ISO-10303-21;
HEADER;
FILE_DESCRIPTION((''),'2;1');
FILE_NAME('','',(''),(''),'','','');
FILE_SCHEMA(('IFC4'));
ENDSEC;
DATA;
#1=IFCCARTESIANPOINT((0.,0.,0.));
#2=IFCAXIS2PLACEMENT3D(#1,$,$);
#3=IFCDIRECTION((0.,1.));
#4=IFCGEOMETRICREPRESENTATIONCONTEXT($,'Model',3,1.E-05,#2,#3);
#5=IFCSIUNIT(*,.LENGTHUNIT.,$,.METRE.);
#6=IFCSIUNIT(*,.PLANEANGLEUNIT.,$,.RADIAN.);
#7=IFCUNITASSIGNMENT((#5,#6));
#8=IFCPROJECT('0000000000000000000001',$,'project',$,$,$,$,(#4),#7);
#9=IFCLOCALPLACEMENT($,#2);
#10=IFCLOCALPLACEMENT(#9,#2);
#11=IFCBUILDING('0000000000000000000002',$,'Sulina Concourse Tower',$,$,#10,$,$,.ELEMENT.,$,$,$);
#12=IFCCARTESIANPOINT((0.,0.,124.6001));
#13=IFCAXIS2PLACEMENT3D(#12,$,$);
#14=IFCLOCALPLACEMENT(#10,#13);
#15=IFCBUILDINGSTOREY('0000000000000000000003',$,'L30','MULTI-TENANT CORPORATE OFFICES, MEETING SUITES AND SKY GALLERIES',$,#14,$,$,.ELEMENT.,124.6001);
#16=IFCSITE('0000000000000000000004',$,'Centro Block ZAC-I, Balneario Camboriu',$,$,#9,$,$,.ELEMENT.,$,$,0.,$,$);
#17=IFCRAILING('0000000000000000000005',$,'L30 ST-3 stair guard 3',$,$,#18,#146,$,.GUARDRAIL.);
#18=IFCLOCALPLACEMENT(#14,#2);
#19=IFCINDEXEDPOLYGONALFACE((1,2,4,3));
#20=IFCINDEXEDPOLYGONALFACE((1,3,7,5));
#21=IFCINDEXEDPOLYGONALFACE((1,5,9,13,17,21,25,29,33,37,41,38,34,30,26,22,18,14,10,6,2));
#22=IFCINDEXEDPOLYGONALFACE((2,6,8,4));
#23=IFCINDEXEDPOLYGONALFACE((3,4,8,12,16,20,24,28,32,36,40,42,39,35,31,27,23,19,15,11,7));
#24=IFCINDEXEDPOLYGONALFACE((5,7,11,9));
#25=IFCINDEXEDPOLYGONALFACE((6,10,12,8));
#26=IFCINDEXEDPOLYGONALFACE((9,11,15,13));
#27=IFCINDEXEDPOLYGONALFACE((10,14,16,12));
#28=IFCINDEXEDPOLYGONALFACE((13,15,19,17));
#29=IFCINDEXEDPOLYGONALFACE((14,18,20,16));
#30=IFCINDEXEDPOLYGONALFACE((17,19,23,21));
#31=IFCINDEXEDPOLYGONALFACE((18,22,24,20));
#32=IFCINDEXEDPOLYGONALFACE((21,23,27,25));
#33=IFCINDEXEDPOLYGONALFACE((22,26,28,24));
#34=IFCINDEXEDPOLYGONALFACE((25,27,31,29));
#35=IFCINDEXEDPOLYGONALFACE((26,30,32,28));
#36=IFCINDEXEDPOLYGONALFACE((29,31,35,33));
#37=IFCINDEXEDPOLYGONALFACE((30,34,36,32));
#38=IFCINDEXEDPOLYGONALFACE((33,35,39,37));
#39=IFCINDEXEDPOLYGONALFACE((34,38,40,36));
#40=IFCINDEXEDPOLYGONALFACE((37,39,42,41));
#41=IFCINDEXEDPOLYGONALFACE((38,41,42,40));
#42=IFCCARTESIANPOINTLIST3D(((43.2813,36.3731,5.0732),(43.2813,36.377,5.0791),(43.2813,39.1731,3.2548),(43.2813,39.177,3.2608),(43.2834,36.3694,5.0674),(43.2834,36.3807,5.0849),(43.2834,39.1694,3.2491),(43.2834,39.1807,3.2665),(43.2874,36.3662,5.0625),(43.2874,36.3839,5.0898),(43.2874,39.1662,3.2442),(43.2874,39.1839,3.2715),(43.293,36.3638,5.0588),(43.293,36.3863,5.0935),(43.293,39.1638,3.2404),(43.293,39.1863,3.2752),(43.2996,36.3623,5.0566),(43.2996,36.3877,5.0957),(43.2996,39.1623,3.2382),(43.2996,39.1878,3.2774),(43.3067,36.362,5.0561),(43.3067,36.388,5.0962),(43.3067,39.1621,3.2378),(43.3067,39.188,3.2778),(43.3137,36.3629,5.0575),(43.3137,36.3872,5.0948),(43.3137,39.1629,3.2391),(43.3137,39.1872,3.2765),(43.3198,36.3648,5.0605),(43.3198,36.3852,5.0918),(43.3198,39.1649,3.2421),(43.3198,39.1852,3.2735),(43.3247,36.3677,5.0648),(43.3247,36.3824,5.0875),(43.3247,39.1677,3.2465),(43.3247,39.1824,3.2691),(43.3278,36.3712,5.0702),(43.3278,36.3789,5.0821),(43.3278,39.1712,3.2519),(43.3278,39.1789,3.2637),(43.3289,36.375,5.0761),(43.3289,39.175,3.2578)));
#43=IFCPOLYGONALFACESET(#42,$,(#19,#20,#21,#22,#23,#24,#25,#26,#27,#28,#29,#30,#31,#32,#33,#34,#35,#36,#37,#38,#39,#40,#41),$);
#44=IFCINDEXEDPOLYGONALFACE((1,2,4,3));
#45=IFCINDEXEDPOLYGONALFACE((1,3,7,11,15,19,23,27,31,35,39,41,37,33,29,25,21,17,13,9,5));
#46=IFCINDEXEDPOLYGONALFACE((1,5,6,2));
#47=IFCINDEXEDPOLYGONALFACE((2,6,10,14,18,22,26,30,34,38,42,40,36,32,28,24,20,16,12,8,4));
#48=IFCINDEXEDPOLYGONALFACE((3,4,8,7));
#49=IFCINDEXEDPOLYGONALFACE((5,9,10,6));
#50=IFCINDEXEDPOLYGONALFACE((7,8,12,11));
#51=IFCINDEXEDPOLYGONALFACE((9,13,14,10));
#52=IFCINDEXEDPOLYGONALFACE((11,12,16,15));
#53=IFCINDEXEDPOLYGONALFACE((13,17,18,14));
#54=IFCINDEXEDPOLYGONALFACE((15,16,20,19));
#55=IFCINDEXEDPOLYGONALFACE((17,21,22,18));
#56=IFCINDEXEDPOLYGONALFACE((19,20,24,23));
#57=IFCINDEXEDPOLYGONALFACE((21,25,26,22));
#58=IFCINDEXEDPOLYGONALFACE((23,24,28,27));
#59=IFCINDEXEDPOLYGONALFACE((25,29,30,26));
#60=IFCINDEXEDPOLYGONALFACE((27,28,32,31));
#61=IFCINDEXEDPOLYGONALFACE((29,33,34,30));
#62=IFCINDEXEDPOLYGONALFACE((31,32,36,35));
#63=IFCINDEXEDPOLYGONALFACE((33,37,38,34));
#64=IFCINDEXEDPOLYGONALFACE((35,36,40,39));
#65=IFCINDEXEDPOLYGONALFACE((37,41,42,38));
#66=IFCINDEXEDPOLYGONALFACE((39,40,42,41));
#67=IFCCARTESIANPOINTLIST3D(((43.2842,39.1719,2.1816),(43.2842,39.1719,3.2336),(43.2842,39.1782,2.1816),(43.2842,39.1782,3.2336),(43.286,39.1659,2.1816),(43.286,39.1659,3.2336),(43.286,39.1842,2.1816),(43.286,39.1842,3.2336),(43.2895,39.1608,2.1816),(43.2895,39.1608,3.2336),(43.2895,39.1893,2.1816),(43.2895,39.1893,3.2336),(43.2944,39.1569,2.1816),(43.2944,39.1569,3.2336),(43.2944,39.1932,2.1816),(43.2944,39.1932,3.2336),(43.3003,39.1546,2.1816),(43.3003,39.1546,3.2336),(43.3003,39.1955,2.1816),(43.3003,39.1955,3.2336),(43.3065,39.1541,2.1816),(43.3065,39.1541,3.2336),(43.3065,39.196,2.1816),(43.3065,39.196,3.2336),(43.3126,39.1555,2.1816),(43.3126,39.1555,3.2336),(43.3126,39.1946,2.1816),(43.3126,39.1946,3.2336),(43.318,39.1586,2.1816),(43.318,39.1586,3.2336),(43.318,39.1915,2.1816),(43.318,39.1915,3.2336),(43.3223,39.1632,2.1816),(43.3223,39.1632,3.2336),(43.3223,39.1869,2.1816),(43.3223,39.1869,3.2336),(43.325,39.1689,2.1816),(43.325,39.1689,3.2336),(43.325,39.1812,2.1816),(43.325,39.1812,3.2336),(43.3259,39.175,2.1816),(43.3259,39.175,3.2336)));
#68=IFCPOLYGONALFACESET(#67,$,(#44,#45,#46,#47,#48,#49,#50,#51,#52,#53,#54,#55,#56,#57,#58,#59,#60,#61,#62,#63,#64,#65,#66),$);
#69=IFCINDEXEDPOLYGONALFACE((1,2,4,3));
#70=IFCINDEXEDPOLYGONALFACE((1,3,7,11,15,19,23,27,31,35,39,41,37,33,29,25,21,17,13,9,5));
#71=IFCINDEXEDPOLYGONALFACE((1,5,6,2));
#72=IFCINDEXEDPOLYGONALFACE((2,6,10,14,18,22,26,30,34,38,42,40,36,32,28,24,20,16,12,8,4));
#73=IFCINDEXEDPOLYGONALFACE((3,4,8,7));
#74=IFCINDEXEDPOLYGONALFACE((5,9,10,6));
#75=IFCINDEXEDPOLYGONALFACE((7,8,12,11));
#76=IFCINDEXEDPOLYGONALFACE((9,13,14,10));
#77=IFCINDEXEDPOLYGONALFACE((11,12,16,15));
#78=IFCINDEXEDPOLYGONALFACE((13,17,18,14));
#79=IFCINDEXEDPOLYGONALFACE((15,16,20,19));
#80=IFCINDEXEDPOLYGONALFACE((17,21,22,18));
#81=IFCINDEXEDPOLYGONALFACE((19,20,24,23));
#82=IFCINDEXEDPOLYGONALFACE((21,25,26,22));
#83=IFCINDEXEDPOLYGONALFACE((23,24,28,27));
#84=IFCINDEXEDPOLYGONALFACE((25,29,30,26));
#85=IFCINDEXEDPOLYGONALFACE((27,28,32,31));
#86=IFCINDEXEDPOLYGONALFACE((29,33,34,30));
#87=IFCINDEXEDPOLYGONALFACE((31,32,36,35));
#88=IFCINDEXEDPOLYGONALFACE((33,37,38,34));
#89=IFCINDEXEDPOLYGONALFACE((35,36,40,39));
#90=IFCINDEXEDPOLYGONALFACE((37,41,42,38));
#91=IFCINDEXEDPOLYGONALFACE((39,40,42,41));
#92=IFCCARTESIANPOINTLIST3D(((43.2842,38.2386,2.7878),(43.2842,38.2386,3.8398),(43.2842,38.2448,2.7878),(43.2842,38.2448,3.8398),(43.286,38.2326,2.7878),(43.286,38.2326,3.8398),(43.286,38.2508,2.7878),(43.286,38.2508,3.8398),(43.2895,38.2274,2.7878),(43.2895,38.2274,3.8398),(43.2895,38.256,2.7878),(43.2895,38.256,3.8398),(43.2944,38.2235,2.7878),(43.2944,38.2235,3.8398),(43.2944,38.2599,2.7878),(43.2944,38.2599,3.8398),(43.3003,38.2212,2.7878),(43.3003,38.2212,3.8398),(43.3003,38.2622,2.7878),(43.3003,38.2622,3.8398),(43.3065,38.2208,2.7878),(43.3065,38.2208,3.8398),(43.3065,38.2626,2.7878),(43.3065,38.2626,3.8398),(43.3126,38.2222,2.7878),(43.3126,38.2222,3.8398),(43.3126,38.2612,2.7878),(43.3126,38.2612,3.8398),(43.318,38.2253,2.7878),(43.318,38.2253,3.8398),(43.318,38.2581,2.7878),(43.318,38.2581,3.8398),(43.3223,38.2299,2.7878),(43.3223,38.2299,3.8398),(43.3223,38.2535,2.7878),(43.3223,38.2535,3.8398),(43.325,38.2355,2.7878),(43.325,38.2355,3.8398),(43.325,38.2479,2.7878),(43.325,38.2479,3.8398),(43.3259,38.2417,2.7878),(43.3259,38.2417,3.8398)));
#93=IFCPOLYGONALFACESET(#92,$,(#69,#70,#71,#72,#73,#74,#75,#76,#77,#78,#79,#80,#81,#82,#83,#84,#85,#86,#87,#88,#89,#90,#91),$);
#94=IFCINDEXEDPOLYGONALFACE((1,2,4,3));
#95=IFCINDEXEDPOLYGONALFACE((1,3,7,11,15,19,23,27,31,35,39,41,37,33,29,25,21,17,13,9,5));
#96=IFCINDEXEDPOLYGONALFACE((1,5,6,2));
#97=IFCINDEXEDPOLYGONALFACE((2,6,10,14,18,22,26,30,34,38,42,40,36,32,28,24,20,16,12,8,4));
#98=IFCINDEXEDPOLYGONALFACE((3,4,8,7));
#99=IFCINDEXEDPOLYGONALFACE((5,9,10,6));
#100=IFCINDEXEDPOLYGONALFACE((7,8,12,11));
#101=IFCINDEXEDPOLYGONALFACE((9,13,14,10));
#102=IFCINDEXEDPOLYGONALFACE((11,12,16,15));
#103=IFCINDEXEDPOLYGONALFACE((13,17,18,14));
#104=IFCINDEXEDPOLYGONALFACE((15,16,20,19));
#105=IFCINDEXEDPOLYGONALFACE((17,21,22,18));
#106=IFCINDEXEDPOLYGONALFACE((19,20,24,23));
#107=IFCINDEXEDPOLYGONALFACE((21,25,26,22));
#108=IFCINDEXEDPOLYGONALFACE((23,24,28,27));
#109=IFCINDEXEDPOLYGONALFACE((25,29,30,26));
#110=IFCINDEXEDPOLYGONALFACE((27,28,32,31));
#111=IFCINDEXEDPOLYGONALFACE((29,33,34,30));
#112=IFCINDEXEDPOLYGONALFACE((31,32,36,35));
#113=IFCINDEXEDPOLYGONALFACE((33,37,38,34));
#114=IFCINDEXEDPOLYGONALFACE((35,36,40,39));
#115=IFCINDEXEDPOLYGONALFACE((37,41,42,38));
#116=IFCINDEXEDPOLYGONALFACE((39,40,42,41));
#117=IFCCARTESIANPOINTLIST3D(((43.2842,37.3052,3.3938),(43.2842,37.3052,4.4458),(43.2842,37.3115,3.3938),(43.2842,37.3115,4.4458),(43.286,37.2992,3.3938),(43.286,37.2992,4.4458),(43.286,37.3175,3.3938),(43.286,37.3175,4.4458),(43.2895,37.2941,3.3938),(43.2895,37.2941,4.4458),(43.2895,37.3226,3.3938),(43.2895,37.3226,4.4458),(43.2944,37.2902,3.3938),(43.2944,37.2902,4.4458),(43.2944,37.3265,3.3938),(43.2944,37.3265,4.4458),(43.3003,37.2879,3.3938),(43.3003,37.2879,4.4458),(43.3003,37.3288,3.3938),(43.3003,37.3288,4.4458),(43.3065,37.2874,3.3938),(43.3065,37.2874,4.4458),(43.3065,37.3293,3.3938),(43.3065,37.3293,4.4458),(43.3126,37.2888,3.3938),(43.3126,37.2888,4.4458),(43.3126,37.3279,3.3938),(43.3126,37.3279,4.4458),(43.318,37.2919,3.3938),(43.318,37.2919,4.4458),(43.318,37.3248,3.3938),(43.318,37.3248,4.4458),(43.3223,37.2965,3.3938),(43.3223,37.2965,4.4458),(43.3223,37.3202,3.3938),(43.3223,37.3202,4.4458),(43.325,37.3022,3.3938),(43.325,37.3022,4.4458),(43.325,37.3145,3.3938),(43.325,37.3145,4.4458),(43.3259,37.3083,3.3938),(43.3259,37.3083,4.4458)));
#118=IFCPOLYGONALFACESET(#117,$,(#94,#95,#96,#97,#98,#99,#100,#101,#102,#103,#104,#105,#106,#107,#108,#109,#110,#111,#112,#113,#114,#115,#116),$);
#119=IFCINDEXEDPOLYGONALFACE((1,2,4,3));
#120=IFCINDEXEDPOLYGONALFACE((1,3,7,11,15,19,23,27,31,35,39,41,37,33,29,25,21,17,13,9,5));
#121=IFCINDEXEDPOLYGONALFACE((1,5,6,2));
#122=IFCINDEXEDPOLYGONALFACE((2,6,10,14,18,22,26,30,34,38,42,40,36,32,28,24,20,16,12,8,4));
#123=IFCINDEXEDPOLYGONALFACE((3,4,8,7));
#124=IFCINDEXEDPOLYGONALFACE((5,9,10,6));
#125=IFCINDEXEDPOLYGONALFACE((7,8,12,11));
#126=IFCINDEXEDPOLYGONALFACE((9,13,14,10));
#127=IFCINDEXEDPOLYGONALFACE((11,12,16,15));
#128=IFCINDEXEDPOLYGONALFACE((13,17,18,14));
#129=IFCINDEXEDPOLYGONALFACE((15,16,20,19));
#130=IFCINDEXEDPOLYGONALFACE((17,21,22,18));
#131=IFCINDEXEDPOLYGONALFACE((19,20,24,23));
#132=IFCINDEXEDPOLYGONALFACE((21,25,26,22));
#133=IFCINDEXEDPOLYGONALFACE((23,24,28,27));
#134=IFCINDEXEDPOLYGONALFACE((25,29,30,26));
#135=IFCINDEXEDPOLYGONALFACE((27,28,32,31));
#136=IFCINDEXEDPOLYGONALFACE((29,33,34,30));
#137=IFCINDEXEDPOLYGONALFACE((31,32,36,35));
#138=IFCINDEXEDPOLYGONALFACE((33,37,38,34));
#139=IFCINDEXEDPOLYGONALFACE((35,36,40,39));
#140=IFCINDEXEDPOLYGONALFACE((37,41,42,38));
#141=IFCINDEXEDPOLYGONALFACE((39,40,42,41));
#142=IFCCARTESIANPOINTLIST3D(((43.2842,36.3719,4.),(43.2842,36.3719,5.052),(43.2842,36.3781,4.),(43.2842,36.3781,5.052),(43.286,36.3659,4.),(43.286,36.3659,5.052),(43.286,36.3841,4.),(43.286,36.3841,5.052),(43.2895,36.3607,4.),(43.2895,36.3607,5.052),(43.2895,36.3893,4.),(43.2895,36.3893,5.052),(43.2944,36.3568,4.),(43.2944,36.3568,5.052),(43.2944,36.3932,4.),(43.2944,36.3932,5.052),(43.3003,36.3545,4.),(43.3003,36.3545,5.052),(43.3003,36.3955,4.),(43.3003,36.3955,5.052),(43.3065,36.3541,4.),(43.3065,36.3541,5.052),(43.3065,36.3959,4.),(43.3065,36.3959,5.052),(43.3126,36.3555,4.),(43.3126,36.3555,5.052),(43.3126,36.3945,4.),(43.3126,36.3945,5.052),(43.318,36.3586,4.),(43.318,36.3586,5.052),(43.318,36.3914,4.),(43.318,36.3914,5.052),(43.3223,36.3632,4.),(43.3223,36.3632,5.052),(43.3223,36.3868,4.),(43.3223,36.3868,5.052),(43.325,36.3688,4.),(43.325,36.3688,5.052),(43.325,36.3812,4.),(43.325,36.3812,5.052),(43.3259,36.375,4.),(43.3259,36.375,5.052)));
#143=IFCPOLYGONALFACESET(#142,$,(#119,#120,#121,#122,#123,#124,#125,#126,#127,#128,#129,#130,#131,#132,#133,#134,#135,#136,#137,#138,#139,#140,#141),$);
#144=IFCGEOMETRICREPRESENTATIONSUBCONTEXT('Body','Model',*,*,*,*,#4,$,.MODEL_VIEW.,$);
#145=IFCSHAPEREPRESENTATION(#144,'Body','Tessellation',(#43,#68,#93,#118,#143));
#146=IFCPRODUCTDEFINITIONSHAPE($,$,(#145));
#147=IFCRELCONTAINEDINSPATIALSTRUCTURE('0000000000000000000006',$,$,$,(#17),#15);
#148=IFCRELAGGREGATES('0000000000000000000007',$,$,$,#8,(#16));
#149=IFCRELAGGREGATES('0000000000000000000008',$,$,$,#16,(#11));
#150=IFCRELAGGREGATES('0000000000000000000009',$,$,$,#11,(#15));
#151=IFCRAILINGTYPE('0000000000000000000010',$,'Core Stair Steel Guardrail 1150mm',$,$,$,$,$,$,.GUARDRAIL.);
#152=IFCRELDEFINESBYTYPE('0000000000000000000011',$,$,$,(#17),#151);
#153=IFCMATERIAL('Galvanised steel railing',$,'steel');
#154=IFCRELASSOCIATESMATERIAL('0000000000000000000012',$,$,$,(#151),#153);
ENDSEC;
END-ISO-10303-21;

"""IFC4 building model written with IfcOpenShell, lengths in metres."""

from ifc_helpers import new_model, si_unit, direction, frame, origin, origin_2d, place, context, subcontext, project, spatial, circle, extrude, material, type_object, element, save


model = new_model("IFC4")

# Units and contexts
model_context = context("Model", 3, precision=1e-05, world=origin(), true_north=direction((0.0, 1.0)))
body_context = subcontext(model_context, "Body", "Model", "MODEL_VIEW")
ifc_project = project(units=[si_unit("LENGTHUNIT", "METRE"), si_unit("PLANEANGLEUNIT", "RADIAN")], contexts=[model_context])

# Site, building, storey
site_placement = place(None, origin())
site = spatial("IfcSite", under=ifc_project, at=site_placement, Name="Centro Block ZAC-I, Balneario Camboriu", CompositionType="ELEMENT", RefElevation=0.0)
building_placement = place(site_placement, origin())
building = spatial("IfcBuilding", under=site, at=building_placement, Name="Sulina Concourse Tower", CompositionType="ELEMENT")
storey_placement = place(building_placement, frame((0.0, 0.0, 124.6001)))
storey = spatial("IfcBuildingStorey", under=building, at=storey_placement, Name="L30", Description="MULTI-TENANT CORPORATE OFFICES, MEETING SUITES AND SKY GALLERIES", CompositionType="ELEMENT", Elevation=124.6001)

# Railing
ifc_material_1 = material(Name="Galvanised steel railing", Category="steel")
railing_type_1 = type_object("IfcRailingType", Name="Core Stair Steel Guardrail 1150mm", PredefinedType="GUARDRAIL", material=ifc_material_1)
railing_1_placement = place(storey_placement, frame((43.3049, 39.175, 2.1816)))
element("IfcRailing", 1, at=railing_1_placement, inside=storey, type_object=railing_type_1, Name="L30 ST-3 stair guard 3", PredefinedType="GUARDRAIL", context=body_context, shape_type="SweptSolid", body=[
    extrude(circle(Radius=0.0239, at=origin_2d()), frame((0.0, 0.0, 1.0762), z_axis=(0.0, -0.838672, 0.544636), x_axis=(1.0, 0.0, 0.0)), (0.0, 0.0, 1.0), 3.3386),
    extrude(circle(Radius=0.021, at=origin_2d()), origin(), (0.0, 0.0, 1.0), 1.052),
    extrude(circle(Radius=0.021, at=origin_2d()), frame((0.0, -0.9333, 0.6062)), (0.0, 0.0, 1.0), 1.052),
    extrude(circle(Radius=0.021, at=origin_2d()), frame((0.0, -1.8667, 1.2122)), (0.0, 0.0, 1.0), 1.052),
    extrude(circle(Radius=0.021, at=origin_2d()), frame((0.0, -2.8, 1.8184)), (0.0, 0.0, 1.0), 1.052),
])

save(model, "model.ifc")
